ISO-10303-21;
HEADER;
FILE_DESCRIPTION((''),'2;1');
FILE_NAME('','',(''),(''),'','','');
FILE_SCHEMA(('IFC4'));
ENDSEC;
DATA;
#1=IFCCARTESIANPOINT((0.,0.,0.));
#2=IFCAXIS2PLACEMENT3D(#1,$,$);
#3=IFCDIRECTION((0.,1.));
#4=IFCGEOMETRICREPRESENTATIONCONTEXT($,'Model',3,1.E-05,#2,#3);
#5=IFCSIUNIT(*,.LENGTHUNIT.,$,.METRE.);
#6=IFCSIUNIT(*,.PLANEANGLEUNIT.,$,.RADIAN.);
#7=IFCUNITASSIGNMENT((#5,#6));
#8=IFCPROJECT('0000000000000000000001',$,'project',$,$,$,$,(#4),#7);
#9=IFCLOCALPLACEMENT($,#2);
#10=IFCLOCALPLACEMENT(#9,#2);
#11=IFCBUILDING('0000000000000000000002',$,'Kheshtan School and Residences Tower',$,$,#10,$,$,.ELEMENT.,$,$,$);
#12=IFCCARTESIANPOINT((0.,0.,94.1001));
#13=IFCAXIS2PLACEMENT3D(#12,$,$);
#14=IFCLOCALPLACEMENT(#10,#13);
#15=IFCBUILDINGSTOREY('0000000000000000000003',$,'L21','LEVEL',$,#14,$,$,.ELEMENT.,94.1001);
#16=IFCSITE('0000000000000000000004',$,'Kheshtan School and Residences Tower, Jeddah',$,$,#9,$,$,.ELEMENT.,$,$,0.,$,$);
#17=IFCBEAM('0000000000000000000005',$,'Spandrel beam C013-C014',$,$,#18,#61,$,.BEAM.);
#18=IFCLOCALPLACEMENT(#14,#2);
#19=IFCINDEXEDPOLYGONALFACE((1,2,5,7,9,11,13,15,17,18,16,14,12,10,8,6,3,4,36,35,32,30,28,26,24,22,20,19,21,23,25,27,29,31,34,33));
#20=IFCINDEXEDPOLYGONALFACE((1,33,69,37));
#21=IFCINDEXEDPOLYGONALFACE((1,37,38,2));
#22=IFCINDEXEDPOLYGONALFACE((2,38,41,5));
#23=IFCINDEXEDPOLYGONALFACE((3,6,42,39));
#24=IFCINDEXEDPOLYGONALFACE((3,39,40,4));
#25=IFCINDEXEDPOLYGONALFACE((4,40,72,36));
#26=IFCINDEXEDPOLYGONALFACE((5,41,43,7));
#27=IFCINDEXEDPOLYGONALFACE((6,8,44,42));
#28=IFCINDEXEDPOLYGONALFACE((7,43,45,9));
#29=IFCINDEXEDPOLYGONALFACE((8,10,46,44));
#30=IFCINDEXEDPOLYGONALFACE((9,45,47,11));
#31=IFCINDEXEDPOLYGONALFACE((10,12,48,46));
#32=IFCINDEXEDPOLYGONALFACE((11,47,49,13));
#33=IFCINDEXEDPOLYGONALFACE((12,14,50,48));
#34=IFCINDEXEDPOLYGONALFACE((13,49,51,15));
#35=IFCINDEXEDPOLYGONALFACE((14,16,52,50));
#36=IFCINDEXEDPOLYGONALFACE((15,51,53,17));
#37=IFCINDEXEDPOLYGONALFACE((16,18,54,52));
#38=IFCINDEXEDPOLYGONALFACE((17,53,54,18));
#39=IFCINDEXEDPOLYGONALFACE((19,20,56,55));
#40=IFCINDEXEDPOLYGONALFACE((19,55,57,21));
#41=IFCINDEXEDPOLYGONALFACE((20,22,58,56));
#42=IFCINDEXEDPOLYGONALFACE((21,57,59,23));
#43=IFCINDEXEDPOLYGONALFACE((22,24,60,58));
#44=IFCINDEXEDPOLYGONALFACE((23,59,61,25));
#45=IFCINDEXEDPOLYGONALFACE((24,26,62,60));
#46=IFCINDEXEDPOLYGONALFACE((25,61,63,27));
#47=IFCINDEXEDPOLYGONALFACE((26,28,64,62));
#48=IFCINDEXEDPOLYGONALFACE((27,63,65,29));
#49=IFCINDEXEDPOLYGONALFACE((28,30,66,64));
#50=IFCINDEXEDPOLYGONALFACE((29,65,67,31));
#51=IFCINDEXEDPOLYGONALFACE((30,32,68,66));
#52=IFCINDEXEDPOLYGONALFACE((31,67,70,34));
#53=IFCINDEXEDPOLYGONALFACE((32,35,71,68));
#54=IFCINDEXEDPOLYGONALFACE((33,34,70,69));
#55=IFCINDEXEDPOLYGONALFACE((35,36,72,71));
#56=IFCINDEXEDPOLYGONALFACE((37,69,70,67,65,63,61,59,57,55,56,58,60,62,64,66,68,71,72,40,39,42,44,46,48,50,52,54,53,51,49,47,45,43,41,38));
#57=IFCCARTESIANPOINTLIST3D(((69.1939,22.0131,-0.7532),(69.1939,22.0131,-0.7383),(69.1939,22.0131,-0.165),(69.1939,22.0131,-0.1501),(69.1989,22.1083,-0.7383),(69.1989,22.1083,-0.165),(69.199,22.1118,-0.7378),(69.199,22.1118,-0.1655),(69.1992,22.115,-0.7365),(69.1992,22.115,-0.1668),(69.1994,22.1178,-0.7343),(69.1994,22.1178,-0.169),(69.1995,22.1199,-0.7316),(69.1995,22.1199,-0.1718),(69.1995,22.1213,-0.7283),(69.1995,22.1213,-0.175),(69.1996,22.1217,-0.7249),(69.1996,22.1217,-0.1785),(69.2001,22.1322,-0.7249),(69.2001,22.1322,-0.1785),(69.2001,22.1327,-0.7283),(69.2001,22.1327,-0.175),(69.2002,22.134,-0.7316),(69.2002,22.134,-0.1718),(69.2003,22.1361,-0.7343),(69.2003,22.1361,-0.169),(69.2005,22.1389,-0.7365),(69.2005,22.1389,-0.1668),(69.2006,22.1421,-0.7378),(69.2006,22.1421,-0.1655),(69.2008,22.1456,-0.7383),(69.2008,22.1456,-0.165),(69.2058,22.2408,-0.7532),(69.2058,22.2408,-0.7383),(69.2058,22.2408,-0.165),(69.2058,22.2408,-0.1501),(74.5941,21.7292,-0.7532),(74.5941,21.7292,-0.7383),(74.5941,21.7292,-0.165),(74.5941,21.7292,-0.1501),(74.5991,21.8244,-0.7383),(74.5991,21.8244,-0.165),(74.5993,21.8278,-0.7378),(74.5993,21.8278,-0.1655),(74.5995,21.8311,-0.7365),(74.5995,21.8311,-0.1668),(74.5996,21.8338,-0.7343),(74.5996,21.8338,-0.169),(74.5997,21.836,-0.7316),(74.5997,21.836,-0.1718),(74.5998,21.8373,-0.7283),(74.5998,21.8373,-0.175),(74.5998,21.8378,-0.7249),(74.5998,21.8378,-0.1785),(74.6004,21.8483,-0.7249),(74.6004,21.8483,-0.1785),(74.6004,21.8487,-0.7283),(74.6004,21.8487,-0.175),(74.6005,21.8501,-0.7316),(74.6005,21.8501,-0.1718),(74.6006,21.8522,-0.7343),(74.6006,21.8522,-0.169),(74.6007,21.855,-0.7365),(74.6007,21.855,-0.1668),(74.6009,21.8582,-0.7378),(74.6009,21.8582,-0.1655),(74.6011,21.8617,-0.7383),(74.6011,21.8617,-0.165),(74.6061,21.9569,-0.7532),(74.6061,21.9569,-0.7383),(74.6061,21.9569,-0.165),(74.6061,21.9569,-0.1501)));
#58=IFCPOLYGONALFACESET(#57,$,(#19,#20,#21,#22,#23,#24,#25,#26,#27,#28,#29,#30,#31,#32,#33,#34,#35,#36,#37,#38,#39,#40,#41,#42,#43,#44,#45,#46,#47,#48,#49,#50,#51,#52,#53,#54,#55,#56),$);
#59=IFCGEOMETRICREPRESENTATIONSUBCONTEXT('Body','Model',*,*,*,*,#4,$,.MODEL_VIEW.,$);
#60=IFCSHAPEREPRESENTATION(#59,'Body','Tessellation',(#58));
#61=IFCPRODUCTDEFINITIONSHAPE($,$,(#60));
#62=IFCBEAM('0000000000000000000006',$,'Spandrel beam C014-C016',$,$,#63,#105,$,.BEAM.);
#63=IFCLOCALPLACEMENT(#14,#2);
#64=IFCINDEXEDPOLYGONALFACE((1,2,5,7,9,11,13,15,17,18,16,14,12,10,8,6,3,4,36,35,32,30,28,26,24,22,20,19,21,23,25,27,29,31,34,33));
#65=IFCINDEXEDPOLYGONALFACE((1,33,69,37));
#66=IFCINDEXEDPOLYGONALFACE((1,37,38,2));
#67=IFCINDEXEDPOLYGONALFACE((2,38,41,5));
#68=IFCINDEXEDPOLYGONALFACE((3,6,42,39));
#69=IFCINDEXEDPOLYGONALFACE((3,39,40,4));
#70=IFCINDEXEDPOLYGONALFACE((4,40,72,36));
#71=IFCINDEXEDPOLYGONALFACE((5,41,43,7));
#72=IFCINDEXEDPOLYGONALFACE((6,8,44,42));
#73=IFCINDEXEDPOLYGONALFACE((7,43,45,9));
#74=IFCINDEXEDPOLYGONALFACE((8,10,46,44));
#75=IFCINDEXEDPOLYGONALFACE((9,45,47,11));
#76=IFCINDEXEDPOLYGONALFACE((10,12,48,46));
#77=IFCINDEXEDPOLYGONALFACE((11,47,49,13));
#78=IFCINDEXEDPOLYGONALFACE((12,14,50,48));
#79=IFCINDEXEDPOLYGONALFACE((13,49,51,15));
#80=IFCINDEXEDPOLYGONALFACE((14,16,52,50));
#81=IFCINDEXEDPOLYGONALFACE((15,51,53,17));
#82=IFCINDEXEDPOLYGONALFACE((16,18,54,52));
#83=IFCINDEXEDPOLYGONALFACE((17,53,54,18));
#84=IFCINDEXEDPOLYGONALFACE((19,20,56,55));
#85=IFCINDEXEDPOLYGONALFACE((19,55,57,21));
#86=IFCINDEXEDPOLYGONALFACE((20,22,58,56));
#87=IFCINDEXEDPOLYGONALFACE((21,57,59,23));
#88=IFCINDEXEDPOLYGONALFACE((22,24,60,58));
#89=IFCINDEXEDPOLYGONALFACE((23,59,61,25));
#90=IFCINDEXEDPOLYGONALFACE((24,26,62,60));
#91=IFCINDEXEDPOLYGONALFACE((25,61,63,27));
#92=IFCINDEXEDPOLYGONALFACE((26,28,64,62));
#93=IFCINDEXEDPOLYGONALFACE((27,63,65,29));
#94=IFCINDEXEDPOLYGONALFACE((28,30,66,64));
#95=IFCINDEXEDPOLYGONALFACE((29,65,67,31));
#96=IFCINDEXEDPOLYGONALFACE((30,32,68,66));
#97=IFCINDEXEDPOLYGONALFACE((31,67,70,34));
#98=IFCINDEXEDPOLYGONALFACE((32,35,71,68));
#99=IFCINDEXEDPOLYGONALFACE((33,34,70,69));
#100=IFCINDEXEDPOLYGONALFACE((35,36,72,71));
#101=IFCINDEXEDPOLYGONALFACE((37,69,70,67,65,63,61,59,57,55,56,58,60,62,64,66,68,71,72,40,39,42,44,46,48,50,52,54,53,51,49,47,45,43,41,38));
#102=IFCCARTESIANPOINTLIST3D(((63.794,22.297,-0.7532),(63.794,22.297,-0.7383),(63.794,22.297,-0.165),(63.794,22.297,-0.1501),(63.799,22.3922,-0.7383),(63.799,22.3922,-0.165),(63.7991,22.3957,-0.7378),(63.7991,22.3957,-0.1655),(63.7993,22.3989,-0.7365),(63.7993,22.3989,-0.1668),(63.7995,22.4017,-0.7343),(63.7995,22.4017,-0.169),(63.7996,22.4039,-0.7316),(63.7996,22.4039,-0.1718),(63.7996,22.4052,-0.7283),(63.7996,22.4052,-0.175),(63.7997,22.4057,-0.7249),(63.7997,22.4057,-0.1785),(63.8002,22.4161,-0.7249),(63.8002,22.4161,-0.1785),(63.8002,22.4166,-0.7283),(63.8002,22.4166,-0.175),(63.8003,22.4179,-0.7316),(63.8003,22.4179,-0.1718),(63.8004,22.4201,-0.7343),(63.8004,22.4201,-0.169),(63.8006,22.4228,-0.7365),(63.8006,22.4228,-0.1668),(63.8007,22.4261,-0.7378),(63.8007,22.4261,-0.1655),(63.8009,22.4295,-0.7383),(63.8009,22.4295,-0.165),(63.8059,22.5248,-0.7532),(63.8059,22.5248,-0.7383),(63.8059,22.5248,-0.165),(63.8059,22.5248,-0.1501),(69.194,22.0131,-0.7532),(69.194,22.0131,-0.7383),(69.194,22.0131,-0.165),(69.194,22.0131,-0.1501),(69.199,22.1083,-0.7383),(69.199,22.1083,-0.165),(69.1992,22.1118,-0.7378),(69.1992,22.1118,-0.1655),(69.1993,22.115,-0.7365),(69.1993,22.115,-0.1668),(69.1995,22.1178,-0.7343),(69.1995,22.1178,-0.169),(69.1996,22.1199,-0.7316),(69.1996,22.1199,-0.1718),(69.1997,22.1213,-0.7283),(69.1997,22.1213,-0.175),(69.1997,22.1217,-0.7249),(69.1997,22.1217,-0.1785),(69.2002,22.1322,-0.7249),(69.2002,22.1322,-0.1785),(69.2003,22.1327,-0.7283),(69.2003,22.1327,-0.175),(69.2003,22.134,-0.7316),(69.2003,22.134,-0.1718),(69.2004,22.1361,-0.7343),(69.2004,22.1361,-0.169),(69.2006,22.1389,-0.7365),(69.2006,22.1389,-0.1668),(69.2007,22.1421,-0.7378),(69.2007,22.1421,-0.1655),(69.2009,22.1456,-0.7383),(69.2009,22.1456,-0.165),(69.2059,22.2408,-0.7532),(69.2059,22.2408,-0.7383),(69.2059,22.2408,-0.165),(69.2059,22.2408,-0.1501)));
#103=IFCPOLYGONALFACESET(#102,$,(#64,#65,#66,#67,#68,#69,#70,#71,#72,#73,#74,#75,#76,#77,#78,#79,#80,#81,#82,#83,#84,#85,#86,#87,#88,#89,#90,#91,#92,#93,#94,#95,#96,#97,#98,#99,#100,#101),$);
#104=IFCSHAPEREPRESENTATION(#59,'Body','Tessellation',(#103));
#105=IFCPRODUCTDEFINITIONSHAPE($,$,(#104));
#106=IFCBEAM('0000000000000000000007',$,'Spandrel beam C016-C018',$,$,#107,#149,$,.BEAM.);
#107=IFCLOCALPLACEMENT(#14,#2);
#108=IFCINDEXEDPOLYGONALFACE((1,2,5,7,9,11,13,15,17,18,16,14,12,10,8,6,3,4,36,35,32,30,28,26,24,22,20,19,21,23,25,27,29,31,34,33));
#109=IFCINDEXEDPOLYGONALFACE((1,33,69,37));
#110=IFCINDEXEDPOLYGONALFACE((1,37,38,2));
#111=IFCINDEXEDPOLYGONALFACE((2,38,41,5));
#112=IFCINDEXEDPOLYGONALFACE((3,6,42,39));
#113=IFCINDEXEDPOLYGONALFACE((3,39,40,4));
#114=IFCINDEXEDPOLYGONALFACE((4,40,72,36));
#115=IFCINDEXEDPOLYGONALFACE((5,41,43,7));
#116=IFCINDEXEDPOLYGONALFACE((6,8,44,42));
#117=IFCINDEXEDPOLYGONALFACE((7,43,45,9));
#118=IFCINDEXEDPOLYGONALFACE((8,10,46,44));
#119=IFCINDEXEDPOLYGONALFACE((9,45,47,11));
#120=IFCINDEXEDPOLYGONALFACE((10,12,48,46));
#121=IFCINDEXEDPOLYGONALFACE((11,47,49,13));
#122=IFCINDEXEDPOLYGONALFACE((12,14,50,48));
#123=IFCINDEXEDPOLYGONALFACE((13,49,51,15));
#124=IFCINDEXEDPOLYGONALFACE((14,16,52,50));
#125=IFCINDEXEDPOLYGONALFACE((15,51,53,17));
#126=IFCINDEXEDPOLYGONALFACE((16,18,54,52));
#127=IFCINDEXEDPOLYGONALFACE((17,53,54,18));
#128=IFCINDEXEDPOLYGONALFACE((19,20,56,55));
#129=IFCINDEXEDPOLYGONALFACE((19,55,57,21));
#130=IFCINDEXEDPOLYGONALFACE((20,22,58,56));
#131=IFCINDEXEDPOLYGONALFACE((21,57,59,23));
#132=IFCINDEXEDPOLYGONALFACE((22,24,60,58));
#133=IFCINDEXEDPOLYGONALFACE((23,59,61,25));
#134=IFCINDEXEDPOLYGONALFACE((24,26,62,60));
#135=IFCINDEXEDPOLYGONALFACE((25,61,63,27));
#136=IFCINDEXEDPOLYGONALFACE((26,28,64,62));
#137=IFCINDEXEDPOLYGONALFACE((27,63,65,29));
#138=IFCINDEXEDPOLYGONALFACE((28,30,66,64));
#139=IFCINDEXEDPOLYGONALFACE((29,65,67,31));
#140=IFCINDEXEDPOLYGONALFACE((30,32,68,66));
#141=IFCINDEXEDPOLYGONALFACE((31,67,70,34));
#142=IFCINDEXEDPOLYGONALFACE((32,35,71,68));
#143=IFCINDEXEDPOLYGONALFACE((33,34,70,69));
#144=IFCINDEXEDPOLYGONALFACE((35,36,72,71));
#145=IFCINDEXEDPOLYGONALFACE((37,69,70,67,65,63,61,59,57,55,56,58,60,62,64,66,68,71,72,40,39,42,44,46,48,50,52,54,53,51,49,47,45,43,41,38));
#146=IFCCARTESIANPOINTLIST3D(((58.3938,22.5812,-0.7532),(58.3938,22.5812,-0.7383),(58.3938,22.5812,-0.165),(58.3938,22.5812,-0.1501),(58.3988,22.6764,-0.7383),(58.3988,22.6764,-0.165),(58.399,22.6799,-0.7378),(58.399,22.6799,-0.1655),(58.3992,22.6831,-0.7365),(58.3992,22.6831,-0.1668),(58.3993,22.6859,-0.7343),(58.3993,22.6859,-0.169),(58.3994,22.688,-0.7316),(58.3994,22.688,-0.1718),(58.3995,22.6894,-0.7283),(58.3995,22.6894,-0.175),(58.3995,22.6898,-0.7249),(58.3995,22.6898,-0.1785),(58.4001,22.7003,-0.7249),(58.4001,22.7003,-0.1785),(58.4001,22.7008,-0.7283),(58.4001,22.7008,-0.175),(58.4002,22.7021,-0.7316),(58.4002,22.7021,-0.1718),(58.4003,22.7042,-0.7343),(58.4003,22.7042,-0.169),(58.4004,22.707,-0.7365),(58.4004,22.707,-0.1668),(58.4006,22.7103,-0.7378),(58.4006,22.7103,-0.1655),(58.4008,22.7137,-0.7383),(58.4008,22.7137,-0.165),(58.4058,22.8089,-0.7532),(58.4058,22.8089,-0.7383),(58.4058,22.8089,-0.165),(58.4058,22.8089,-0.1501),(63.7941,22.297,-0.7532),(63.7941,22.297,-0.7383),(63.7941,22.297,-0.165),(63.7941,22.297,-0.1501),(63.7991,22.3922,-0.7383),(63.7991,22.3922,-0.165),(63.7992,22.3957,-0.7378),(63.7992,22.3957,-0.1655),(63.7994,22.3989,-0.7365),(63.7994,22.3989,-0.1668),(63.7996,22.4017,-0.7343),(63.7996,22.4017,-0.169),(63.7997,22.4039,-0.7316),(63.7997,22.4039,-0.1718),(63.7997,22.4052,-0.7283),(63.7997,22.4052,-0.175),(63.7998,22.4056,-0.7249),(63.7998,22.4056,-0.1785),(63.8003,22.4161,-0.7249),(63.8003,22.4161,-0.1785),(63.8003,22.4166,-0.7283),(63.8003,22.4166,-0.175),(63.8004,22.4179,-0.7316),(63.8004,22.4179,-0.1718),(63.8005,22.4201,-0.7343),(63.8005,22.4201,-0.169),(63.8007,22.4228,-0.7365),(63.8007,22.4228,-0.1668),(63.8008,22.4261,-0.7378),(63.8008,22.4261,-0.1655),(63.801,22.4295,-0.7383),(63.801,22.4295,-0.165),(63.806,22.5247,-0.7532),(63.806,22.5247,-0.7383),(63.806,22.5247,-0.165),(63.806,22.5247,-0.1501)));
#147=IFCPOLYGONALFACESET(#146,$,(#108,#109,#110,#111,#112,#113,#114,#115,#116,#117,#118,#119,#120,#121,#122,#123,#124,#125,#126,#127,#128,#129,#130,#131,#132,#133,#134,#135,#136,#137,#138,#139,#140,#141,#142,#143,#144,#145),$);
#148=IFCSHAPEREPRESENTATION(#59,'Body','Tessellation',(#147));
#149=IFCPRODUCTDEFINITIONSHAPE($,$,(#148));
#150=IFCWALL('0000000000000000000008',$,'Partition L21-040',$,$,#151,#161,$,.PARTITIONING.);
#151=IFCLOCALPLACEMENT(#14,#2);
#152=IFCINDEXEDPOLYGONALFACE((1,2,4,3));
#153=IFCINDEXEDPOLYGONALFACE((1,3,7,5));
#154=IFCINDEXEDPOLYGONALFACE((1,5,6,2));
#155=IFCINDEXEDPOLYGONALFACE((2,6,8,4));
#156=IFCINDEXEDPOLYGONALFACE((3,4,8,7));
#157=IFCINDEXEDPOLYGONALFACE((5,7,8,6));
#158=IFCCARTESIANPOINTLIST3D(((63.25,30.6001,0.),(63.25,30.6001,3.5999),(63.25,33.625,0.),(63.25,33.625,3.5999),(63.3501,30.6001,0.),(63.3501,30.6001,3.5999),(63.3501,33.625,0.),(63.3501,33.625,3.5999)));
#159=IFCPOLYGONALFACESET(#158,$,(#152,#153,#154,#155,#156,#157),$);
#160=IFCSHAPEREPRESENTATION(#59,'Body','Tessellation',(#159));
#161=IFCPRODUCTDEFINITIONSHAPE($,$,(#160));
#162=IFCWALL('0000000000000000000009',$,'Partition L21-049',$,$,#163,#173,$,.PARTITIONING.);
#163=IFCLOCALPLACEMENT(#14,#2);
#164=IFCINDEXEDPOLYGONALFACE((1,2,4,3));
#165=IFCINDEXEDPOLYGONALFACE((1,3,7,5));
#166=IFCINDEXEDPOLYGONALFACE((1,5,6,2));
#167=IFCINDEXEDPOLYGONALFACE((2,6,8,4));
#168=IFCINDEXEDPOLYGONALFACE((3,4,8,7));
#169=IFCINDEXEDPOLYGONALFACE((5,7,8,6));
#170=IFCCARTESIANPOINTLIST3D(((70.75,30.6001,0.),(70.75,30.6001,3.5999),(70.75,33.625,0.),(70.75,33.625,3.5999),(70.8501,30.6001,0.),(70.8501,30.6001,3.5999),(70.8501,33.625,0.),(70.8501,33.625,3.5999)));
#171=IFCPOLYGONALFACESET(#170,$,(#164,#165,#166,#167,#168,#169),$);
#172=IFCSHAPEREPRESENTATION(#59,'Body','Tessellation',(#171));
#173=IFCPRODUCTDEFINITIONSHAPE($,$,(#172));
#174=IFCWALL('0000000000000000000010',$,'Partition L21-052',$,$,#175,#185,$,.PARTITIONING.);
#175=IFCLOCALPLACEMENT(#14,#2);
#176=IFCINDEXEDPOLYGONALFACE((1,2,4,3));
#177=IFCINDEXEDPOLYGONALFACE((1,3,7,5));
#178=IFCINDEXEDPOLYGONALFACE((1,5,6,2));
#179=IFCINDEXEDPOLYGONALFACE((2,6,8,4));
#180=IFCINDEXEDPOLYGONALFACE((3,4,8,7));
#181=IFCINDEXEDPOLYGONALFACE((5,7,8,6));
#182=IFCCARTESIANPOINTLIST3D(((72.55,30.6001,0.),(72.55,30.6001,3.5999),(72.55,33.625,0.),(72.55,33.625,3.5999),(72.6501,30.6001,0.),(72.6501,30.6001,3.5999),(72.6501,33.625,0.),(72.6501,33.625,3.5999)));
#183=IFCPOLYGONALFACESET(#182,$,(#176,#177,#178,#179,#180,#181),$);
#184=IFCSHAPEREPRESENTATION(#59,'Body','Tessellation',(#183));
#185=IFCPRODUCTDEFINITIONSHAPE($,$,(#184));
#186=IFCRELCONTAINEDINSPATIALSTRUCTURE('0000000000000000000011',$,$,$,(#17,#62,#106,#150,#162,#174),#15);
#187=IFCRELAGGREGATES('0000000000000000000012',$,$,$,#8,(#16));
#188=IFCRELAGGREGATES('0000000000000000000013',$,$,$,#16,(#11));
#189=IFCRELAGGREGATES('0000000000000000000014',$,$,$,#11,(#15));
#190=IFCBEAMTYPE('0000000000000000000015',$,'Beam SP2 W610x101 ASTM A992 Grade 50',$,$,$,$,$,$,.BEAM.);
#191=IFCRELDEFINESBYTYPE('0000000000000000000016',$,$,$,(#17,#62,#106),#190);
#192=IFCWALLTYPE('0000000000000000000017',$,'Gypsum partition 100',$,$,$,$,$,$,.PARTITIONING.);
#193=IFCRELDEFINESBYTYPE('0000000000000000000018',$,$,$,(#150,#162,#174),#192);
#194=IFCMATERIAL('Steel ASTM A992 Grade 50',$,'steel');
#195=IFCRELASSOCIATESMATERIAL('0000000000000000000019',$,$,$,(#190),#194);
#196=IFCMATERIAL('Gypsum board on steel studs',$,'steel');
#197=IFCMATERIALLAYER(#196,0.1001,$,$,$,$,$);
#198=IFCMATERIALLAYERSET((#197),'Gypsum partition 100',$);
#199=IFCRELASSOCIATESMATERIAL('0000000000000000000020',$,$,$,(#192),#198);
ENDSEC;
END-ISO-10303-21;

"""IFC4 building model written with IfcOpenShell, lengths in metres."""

from ifc_helpers import new_model, si_unit, direction, frame, frame_2d, origin, origin_2d, place, context, subcontext, project, spatial, rectangle, i_section, extrude, material, layer, layer_set, material_profile, profile_set, type_object, element, save


model = new_model("IFC4")

# Units and contexts
model_context = context("Model", 3, precision=1e-05, world=origin(), true_north=direction((0.0, 1.0)))
body_context = subcontext(model_context, "Body", "Model", "MODEL_VIEW")
ifc_project = project(units=[si_unit("LENGTHUNIT", "METRE"), si_unit("PLANEANGLEUNIT", "RADIAN")], contexts=[model_context])

# Site, building, storey
site_placement = place(None, origin())
site = spatial("IfcSite", under=ifc_project, at=site_placement, Name="Kheshtan School and Residences Tower, Jeddah", CompositionType="ELEMENT", RefElevation=0.0)
building_placement = place(site_placement, origin())
building = spatial("IfcBuilding", under=site, at=building_placement, Name="Kheshtan School and Residences Tower", CompositionType="ELEMENT")
storey_placement = place(building_placement, frame((0.0, 0.0, 94.1001)))
storey = spatial("IfcBuildingStorey", under=building, at=storey_placement, Name="L21", Description="LEVEL", CompositionType="ELEMENT", Elevation=94.1001)

# Shared definitions
ifc_material_1 = material(Name="Steel ASTM A992 Grade 50", Category="steel")

# Beams
ifc_material_profile_1 = material_profile(ifc_material_1, i_section(OverallWidth=0.228, OverallDepth=0.603, WebThickness=0.0105, FlangeThickness=0.0149, FilletRadius=0.0134, at=origin_2d()), Name="W610x101")
ifc_profile_set_1 = profile_set([ifc_material_profile_1], Name="Steel ASTM A992 Grade 50")
beam_type_1 = type_object("IfcBeamType", Name="Beam SP2 W610x101 ASTM A992 Grade 50", PredefinedType="BEAM", material=ifc_profile_set_1)
beam_1_placement = place(storey_placement, frame((74.6001, 21.843, -0.4517), z_axis=(-0.998621, 0.052507, 0.0), x_axis=(-0.052507, -0.998621, 0.0)))
element("IfcBeam", 1, at=beam_1_placement, inside=storey, type_object=beam_type_1, Name="Spandrel beam C013-C014", PredefinedType="BEAM", context=body_context, shape_type="SweptSolid", body=[
    extrude(i_section(OverallWidth=0.228, OverallDepth=0.603, WebThickness=0.0105, FlangeThickness=0.0149, FilletRadius=0.0134, at=origin_2d()), origin(), (0.0, 0.0, 1.0), 5.4077),
])
beam_2_placement = place(storey_placement, frame((69.2, 22.127, -0.4517), z_axis=(-0.99862, 0.052509, 0.0), x_axis=(-0.052509, -0.99862, 0.0)))
element("IfcBeam", 2, at=beam_2_placement, inside=storey, type_object=beam_type_1, Name="Spandrel beam C014-C016", PredefinedType="BEAM", context=body_context, shape_type="SweptSolid", body=[
    extrude(i_section(OverallWidth=0.228, OverallDepth=0.603, WebThickness=0.0105, FlangeThickness=0.0149, FilletRadius=0.0134, at=origin_2d()), origin(), (0.0, 0.0, 1.0), 5.4075),
])
beam_3_placement = place(storey_placement, frame((63.8, 22.4109, -0.4517), z_axis=(-0.998618, 0.052552, 0.0), x_axis=(-0.052552, -0.998618, 0.0)))
element("IfcBeam", 3, at=beam_3_placement, inside=storey, type_object=beam_type_1, Name="Spandrel beam C016-C018", PredefinedType="BEAM", context=body_context, shape_type="SweptSolid", body=[
    extrude(i_section(OverallWidth=0.228, OverallDepth=0.603, WebThickness=0.0105, FlangeThickness=0.0149, FilletRadius=0.0134, at=origin_2d()), origin(), (0.0, 0.0, 1.0), 5.4077),
])

# Walls
ifc_material_2 = material(Name="Gypsum board on steel studs", Category="steel")
ifc_layer_1 = layer(ifc_material_2, 0.1001)
ifc_layer_set_1 = layer_set([ifc_layer_1], Name="Gypsum partition 100")
wall_type_1 = type_object("IfcWallType", Name="Gypsum partition 100", PredefinedType="PARTITIONING", material=ifc_layer_set_1)
for number, where, z_axis, x_axis, name in (
    (4, (63.3, 30.6001, 0.0), (0.0, 0.0, 1.0), (0.0, 1.0, 0.0), "Partition L21-040"),
    (5, (70.8, 30.6001, 0.0), (0.0, 0.0, 1.0), (0.0, 1.0, 0.0), "Partition L21-049"),
    (6, (72.6001, 30.6001, 0.0), (0.0, 0.0, 1.0), (0.0, 1.0, 0.0), "Partition L21-052"),
):
    element("IfcWall", number, at=place(storey_placement, frame(where, z_axis=z_axis, x_axis=x_axis)), inside=storey, type_object=wall_type_1, Name=name, PredefinedType="PARTITIONING", context=body_context, shape_type="SweptSolid", body=[
        extrude(rectangle(XDim=3.0249, YDim=0.1001, at=frame_2d((1.5125, 0.0))), origin(), (0.0, 0.0, 1.0), 3.5999),
    ])

save(model, "model.ifc")
